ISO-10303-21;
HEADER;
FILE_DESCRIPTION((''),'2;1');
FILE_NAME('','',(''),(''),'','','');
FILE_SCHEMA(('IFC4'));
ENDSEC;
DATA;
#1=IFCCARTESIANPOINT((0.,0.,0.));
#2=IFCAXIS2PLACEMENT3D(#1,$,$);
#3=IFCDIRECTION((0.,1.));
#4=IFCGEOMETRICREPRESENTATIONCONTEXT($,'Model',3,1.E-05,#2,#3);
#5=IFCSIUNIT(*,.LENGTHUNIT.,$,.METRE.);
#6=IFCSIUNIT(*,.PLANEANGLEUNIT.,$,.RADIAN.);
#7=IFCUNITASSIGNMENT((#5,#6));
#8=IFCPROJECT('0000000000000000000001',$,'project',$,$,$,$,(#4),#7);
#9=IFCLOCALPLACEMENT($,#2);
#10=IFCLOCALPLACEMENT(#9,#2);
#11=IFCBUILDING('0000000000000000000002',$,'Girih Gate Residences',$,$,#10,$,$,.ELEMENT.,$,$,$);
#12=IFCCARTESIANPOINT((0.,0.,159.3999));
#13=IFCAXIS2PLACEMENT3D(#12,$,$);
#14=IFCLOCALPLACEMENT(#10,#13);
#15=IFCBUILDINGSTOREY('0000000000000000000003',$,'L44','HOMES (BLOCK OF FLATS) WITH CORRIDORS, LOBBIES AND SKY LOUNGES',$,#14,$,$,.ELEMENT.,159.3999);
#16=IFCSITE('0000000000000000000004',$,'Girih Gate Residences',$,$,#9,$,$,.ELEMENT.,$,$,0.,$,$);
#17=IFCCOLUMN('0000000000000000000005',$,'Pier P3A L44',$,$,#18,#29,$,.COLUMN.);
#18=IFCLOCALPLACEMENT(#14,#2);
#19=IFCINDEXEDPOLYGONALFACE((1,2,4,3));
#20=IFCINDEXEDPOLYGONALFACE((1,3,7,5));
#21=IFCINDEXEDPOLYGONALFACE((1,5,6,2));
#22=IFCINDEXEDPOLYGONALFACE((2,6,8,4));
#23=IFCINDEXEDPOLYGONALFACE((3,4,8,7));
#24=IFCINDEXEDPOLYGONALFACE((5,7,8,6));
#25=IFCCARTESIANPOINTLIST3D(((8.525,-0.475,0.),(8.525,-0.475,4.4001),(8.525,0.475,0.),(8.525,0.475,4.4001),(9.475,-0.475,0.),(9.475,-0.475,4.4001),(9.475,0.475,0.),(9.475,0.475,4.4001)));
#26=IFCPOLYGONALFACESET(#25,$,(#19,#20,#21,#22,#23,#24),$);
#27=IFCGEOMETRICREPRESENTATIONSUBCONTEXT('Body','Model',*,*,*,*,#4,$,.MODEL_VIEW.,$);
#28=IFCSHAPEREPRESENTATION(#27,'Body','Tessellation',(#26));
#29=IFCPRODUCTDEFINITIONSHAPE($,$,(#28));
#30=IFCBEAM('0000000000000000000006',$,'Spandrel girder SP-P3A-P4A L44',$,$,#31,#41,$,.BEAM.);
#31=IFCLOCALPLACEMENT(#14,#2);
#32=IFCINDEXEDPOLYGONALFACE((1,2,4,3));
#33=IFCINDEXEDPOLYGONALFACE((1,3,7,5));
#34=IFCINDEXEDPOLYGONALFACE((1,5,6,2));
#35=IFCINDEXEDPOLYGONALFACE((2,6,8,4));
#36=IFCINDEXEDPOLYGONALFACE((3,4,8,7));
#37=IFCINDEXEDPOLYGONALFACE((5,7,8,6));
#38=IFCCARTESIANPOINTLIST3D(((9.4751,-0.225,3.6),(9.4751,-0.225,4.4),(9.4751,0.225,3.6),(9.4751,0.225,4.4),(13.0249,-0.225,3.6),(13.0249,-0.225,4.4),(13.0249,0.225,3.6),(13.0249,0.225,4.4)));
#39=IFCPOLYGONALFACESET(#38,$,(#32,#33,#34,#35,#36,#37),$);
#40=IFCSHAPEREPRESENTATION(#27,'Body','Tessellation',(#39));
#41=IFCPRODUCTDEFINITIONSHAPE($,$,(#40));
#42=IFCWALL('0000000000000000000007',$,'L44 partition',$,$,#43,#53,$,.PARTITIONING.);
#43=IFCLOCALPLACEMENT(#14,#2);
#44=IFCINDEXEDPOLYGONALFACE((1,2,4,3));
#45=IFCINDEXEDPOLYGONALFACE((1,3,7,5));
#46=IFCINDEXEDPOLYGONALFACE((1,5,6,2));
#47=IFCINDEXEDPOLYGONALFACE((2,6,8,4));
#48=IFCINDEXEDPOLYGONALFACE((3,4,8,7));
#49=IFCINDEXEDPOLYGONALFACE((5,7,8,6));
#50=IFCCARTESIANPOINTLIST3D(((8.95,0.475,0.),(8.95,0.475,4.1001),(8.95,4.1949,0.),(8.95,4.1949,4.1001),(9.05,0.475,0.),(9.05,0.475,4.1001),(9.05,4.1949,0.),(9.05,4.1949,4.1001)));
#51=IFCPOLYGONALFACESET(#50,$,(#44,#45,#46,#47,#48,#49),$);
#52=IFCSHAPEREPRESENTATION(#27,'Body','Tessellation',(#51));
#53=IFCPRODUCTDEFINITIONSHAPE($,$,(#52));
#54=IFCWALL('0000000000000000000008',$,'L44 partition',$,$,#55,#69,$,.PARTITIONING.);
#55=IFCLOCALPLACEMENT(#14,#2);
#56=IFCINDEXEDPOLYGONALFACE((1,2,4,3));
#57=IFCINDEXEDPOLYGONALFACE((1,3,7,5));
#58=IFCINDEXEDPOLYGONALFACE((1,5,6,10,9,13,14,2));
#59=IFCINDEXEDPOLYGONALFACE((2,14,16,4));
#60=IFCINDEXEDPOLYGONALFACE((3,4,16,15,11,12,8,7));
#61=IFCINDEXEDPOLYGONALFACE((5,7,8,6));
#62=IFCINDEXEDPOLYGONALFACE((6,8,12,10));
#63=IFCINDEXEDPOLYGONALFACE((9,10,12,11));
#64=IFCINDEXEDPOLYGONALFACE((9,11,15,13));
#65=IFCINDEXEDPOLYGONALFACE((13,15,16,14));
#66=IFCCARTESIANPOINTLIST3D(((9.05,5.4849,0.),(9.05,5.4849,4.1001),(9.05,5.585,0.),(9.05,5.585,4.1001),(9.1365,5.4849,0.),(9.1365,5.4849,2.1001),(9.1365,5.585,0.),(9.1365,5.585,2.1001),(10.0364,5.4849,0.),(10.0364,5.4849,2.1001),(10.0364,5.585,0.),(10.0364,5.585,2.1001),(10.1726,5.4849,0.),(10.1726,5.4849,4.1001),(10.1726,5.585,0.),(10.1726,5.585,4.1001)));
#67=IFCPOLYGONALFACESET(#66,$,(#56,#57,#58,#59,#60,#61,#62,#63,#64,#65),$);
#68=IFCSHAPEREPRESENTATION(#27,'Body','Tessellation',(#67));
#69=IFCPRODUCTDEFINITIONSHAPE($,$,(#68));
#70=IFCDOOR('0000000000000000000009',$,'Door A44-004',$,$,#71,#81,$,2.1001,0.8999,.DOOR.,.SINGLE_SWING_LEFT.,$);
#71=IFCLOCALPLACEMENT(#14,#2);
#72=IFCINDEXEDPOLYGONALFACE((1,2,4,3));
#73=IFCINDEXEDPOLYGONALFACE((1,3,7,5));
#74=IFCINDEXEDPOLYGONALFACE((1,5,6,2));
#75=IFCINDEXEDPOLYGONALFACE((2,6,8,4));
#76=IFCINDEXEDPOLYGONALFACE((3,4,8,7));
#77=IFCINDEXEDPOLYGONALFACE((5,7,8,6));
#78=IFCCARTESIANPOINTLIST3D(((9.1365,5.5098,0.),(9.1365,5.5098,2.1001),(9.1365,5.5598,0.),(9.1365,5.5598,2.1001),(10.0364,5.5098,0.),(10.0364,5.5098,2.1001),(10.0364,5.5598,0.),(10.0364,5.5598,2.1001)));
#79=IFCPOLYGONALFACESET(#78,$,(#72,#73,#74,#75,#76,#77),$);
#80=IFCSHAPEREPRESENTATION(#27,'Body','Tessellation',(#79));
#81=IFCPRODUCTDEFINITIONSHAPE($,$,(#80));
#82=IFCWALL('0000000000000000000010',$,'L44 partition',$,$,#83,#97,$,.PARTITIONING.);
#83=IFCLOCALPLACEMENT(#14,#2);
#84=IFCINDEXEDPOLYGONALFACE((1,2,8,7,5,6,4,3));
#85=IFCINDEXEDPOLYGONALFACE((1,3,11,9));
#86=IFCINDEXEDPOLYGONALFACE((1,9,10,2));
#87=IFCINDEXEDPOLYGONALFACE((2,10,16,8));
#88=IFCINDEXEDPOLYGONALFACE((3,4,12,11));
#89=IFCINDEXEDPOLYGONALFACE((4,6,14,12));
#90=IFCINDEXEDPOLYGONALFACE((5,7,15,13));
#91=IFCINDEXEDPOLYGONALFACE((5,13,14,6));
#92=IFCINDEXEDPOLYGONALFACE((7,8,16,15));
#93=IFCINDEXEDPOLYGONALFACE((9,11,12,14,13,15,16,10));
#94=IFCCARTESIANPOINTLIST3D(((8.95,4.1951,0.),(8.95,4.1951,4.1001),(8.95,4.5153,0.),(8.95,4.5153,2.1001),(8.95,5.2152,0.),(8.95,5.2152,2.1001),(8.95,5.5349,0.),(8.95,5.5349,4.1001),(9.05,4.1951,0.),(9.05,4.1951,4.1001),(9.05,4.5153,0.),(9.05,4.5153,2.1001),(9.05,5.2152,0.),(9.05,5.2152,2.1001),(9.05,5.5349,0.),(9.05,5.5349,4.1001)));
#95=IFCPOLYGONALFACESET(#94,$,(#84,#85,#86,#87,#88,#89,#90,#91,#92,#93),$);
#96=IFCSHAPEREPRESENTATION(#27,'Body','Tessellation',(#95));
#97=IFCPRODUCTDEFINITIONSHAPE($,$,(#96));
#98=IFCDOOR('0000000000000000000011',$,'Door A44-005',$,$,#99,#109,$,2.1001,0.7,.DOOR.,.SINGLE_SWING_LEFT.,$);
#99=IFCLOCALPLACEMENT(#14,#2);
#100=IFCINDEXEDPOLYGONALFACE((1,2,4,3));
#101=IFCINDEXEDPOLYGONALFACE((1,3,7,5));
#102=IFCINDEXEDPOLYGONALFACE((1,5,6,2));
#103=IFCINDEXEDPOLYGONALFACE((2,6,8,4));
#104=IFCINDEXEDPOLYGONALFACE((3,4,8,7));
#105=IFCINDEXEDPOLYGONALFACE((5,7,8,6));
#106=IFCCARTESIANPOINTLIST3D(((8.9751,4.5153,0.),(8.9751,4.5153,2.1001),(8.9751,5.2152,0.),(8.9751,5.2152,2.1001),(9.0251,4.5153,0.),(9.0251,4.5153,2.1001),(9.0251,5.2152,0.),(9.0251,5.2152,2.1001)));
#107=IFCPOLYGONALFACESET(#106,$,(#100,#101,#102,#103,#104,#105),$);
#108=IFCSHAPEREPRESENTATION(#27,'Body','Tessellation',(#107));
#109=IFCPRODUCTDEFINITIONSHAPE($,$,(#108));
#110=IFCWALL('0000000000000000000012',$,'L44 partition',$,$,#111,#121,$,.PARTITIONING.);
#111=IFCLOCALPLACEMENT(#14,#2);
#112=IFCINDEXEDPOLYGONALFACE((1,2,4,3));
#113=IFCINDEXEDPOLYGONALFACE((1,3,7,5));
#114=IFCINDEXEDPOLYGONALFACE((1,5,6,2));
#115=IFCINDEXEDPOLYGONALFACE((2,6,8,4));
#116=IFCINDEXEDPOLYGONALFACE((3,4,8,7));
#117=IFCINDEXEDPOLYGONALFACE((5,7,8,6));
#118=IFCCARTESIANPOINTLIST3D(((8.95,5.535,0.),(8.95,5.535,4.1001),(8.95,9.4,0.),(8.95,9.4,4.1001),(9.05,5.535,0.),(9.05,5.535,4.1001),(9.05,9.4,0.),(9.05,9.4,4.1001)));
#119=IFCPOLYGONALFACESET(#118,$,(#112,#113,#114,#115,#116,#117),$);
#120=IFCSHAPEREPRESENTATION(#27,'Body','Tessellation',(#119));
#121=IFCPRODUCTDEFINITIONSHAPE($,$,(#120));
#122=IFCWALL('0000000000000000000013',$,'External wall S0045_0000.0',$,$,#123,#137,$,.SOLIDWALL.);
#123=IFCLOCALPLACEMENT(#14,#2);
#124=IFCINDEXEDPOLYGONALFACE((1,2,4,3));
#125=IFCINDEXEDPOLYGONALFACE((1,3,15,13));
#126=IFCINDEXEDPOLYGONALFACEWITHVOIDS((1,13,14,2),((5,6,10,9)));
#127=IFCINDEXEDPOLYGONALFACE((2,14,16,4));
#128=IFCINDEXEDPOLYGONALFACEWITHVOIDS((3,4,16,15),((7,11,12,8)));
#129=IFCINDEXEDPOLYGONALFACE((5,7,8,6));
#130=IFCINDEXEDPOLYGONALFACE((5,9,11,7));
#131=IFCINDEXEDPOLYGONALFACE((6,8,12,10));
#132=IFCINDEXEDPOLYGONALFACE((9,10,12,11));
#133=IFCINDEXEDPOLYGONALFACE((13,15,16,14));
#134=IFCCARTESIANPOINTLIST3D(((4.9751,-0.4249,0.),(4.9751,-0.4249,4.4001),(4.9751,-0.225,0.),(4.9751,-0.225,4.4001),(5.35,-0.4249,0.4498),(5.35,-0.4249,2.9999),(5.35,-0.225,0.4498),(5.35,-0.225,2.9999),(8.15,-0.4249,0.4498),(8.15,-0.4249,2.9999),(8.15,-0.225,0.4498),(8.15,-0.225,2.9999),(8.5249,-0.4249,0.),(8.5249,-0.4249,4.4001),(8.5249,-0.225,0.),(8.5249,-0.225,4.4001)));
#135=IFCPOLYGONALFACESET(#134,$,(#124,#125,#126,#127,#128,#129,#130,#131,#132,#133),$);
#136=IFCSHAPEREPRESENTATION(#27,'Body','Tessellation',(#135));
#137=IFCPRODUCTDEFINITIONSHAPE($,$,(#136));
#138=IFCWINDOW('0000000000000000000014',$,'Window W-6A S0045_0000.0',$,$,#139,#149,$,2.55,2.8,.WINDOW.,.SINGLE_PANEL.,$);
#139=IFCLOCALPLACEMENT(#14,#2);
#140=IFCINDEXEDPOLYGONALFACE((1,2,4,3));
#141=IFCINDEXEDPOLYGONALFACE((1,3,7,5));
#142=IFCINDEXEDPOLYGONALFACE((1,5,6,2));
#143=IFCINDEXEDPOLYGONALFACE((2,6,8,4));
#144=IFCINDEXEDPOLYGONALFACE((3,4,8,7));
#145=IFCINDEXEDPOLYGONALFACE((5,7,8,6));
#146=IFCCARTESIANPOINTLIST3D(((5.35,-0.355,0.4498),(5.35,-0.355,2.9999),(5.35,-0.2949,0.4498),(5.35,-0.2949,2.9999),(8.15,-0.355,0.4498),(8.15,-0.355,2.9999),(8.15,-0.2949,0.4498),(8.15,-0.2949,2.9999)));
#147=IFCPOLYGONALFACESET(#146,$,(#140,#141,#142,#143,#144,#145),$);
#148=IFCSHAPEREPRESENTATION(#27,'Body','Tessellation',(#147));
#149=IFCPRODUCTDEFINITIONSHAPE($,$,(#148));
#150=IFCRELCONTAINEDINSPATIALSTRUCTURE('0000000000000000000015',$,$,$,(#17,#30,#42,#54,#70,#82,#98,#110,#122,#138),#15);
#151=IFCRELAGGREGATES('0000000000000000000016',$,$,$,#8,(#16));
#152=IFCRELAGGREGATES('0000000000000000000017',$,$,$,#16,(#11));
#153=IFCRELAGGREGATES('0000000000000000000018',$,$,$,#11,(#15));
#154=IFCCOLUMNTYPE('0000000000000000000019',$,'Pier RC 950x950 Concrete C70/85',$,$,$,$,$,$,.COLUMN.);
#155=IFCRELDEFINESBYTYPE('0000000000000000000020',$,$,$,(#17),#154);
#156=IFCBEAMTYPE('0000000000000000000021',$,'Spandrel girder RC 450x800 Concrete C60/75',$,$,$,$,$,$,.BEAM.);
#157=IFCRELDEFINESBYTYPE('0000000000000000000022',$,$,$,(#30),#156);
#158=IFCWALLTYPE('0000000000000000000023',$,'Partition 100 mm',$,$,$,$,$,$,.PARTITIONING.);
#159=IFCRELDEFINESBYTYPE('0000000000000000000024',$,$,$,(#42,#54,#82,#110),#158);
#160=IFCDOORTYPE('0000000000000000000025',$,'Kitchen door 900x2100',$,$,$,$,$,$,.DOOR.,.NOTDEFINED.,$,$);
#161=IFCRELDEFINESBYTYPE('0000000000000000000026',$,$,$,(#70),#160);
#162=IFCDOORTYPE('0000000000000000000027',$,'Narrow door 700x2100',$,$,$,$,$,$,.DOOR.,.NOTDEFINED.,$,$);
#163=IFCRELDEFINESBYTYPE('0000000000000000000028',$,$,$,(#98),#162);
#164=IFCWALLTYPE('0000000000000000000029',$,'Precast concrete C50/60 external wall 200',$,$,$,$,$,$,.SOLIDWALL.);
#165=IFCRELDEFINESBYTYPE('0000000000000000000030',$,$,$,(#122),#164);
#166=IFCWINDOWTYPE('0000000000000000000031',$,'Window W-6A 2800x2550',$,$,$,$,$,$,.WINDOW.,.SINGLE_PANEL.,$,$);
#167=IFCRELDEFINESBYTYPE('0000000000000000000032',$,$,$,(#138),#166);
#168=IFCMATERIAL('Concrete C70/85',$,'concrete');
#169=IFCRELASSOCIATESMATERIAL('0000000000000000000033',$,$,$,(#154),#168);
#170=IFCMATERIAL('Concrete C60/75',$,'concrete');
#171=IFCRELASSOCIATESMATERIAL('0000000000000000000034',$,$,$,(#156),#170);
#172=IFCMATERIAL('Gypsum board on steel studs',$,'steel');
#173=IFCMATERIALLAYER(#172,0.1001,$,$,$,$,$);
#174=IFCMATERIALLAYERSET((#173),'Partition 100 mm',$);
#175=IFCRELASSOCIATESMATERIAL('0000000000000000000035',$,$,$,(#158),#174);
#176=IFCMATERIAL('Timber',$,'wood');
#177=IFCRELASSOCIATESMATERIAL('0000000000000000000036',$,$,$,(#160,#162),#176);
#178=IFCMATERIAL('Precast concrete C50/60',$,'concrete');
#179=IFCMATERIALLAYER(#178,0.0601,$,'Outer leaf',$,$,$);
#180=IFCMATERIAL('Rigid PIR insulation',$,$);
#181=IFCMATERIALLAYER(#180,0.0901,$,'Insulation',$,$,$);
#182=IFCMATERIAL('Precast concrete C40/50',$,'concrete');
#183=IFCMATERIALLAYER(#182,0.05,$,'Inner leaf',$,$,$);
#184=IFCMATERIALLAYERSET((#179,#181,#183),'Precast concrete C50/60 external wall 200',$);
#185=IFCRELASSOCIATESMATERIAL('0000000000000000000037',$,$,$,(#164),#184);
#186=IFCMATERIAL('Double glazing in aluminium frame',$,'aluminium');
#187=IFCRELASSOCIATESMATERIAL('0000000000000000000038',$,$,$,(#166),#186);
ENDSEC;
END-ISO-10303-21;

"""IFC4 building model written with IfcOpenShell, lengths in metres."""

from ifc_helpers import new_model, si_unit, direction, frame, frame_2d, origin, origin_2d, place, context, subcontext, project, spatial, rectangle, extrude, material, layer, layer_set, material_profile, profile_set, type_object, element, fill, save


model = new_model("IFC4")

# Units and contexts
model_context = context("Model", 3, precision=1e-05, world=origin(), true_north=direction((0.0, 1.0)))
body_context = subcontext(model_context, "Body", "Model", "MODEL_VIEW")
ifc_project = project(units=[si_unit("LENGTHUNIT", "METRE"), si_unit("PLANEANGLEUNIT", "RADIAN")], contexts=[model_context])

# Site, building, storey
site_placement = place(None, origin())
site = spatial("IfcSite", under=ifc_project, at=site_placement, Name="Girih Gate Residences", CompositionType="ELEMENT", RefElevation=0.0)
building_placement = place(site_placement, origin())
building = spatial("IfcBuilding", under=site, at=building_placement, Name="Girih Gate Residences", CompositionType="ELEMENT")
storey_placement = place(building_placement, frame((0.0, 0.0, 159.3999)))
storey = spatial("IfcBuildingStorey", under=building, at=storey_placement, Name="L44", Description="HOMES (BLOCK OF FLATS) WITH CORRIDORS, LOBBIES AND SKY LOUNGES", CompositionType="ELEMENT", Elevation=159.3999)

# Column
ifc_material_1 = material(Name="Concrete C70/85", Category="concrete")
ifc_material_profile_1 = material_profile(ifc_material_1, rectangle(XDim=0.95, YDim=0.95, at=origin_2d()))
ifc_profile_set_1 = profile_set([ifc_material_profile_1], Name="Concrete C70/85")
column_type = type_object("IfcColumnType", Name="Pier RC 950x950 Concrete C70/85", PredefinedType="COLUMN", material=ifc_profile_set_1)
column_placement = place(storey_placement, frame((9.0, 0.0, 0.0), z_axis=(0.0, 0.0, 1.0), x_axis=(1.0, 0.0, 0.0)))
element("IfcColumn", 1, at=column_placement, inside=storey, type_object=column_type, Name="Pier P3A L44", PredefinedType="COLUMN", context=body_context, shape_type="SweptSolid", body=[
    extrude(rectangle(XDim=0.95, YDim=0.95, at=origin_2d()), origin(), (0.0, 0.0, 1.0), 4.4001),
])

# Beam
ifc_material_2 = material(Name="Concrete C60/75", Category="concrete")
ifc_material_profile_2 = material_profile(ifc_material_2, rectangle(XDim=0.45, YDim=0.8, at=origin_2d()))
ifc_profile_set_2 = profile_set([ifc_material_profile_2], Name="Concrete C60/75")
beam_type = type_object("IfcBeamType", Name="Spandrel girder RC 450x800 Concrete C60/75", PredefinedType="BEAM", material=ifc_profile_set_2)
beam_placement = place(storey_placement, frame((9.4751, 0.0, 4.0), z_axis=(1.0, 0.0, 0.0), x_axis=(0.0, 1.0, 0.0)))
element("IfcBeam", 2, at=beam_placement, inside=storey, type_object=beam_type, Name="Spandrel girder SP-P3A-P4A L44", PredefinedType="BEAM", context=body_context, shape_type="SweptSolid", body=[
    extrude(rectangle(XDim=0.45, YDim=0.8, at=origin_2d()), origin(), (0.0, 0.0, 1.0), 3.5498),
])

# Wall
ifc_material_3 = material(Name="Gypsum board on steel studs", Category="steel")
ifc_layer_1 = layer(ifc_material_3, 0.1001)
ifc_layer_set_1 = layer_set([ifc_layer_1], Name="Partition 100 mm")
wall_type_1 = type_object("IfcWallType", Name="Partition 100 mm", PredefinedType="PARTITIONING", material=ifc_layer_set_1)
wall_1_placement = place(storey_placement, frame((9.0, 0.4751, 0.0), z_axis=(0.0, 0.0, 1.0), x_axis=(0.0, 1.0, 0.0)))
element("IfcWall", 3, at=wall_1_placement, inside=storey, type_object=wall_type_1, Name="L44 partition", PredefinedType="PARTITIONING", context=body_context, shape_type="SweptSolid", body=[
    extrude(rectangle(XDim=3.72, YDim=0.1001, at=frame_2d((1.8599, 0.0))), origin(), (0.0, 0.0, 1.0), 4.1001),
])

# Walls, openings, doors
wall_2_placement = place(storey_placement, frame((9.05, 5.5349, 0.0), z_axis=(0.0, 0.0, 1.0), x_axis=(1.0, 0.0, 0.0)))
wall_2 = element("IfcWall", 4, at=wall_2_placement, inside=storey, type_object=wall_type_1, Name="L44 partition", PredefinedType="PARTITIONING", context=body_context, shape_type="SweptSolid", body=[
    extrude(rectangle(XDim=1.1226, YDim=0.1001, at=frame_2d((0.5613, 0.0))), origin(), (0.0, 0.0, 1.0), 4.1001),
])
opening_1_placement = place(wall_2_placement, frame((0.0864, 0.0, 0.0)))
opening_1 = element("IfcOpeningElement", 5, at=opening_1_placement, cuts=wall_2, PredefinedType="OPENING", context=body_context, shape_type="SweptSolid", body=[
    extrude(rectangle(XDim=0.8999, YDim=2.1001, at=frame_2d((0.45, 1.05))), frame((0.0, 0.0601, 0.0), z_axis=(0.0, -1.0, 0.0), x_axis=(1.0, 0.0, 0.0)), (0.0, 0.0, 1.0), 0.1201),
])
ifc_material_4 = material(Name="Timber", Category="wood")
door_type_1 = type_object("IfcDoorType", Name="Kitchen door 900x2100", OperationType="NOTDEFINED", PredefinedType="DOOR", material=ifc_material_4)
door_1_placement = place(opening_1_placement, origin())
door_1 = element("IfcDoor", 6, at=door_1_placement, inside=storey, type_object=door_type_1, Name="Door A44-004", OperationType="SINGLE_SWING_LEFT", OverallHeight=2.1001, OverallWidth=0.8999, PredefinedType="DOOR", context=body_context, shape_type="SweptSolid", body=[
    extrude(rectangle(XDim=0.8999, YDim=2.1001, at=frame_2d((0.45, 1.05))), frame((0.0, 0.0249, 0.0), z_axis=(0.0, -1.0, 0.0), x_axis=(1.0, 0.0, 0.0)), (0.0, 0.0, 1.0), 0.05),
])
fill(opening_1, door_1)
wall_3_placement = place(storey_placement, frame((9.0, 4.1951, 0.0), z_axis=(0.0, 0.0, 1.0), x_axis=(0.0, 1.0, 0.0)))
wall_3 = element("IfcWall", 7, at=wall_3_placement, inside=storey, type_object=wall_type_1, Name="L44 partition", PredefinedType="PARTITIONING", context=body_context, shape_type="SweptSolid", body=[
    extrude(rectangle(XDim=1.3398, YDim=0.1001, at=frame_2d((0.6699, 0.0))), origin(), (0.0, 0.0, 1.0), 4.1001),
])
opening_2_placement = place(wall_3_placement, frame((0.3201, 0.0, 0.0)))
opening_2 = element("IfcOpeningElement", 8, at=opening_2_placement, cuts=wall_3, PredefinedType="OPENING", context=body_context, shape_type="SweptSolid", body=[
    extrude(rectangle(XDim=0.7, YDim=2.1001, at=frame_2d((0.3501, 1.05))), frame((0.0, 0.0601, 0.0), z_axis=(0.0, -1.0, 0.0), x_axis=(1.0, 0.0, 0.0)), (0.0, 0.0, 1.0), 0.1201),
])
door_type_2 = type_object("IfcDoorType", Name="Narrow door 700x2100", OperationType="NOTDEFINED", PredefinedType="DOOR", material=ifc_material_4)
door_2_placement = place(opening_2_placement, origin())
door_2 = element("IfcDoor", 9, at=door_2_placement, inside=storey, type_object=door_type_2, Name="Door A44-005", OperationType="SINGLE_SWING_LEFT", OverallHeight=2.1001, OverallWidth=0.7, PredefinedType="DOOR", context=body_context, shape_type="SweptSolid", body=[
    extrude(rectangle(XDim=0.7, YDim=2.1001, at=frame_2d((0.3501, 1.05))), frame((0.0, 0.0249, 0.0), z_axis=(0.0, -1.0, 0.0), x_axis=(1.0, 0.0, 0.0)), (0.0, 0.0, 1.0), 0.05),
])
fill(opening_2, door_2)

# Wall
wall_4_placement = place(storey_placement, frame((9.0, 5.5349, 0.0), z_axis=(0.0, 0.0, 1.0), x_axis=(0.0, 1.0, 0.0)))
element("IfcWall", 10, at=wall_4_placement, inside=storey, type_object=wall_type_1, Name="L44 partition", PredefinedType="PARTITIONING", context=body_context, shape_type="SweptSolid", body=[
    extrude(rectangle(XDim=3.865, YDim=0.1001, at=frame_2d((1.9326, 0.0))), origin(), (0.0, 0.0, 1.0), 4.1001),
])

# Wall, opening, window
ifc_material_5 = material(Name="Precast concrete C50/60", Category="concrete")
ifc_layer_2 = layer(ifc_material_5, 0.0601, Name="Outer leaf")
ifc_material_6 = material(Name="Rigid PIR insulation")
ifc_layer_3 = layer(ifc_material_6, 0.0901, Name="Insulation")
ifc_material_7 = material(Name="Precast concrete C40/50", Category="concrete")
ifc_layer_4 = layer(ifc_material_7, 0.05, Name="Inner leaf")
ifc_layer_set_2 = layer_set([ifc_layer_2, ifc_layer_3, ifc_layer_4], Name="Precast concrete C50/60 external wall 200")
wall_type_2 = type_object("IfcWallType", Name="Precast concrete C50/60 external wall 200", PredefinedType="SOLIDWALL", material=ifc_layer_set_2)
wall_5_placement = place(storey_placement, frame((8.5249, -0.325, 0.0), z_axis=(0.0, 0.0, 1.0), x_axis=(-1.0, 0.0, 0.0)))
wall_5 = element("IfcWall", 11, at=wall_5_placement, inside=storey, type_object=wall_type_2, Name="External wall S0045_0000.0", PredefinedType="SOLIDWALL", context=body_context, shape_type="SweptSolid", body=[
    extrude(rectangle(XDim=3.5498, YDim=0.2, at=frame_2d((1.7749, 0.0))), origin(), (0.0, 0.0, 1.0), 4.4001),
])
opening_3_placement = place(wall_5_placement, frame((0.375, 0.0, 0.45)))
opening_3 = element("IfcOpeningElement", 12, at=opening_3_placement, cuts=wall_5, PredefinedType="OPENING", context=body_context, shape_type="SweptSolid", body=[
    extrude(rectangle(XDim=2.8, YDim=2.55, at=frame_2d((1.3999, 1.2749))), frame((0.0, 0.1099, 0.0), z_axis=(0.0, -1.0, 0.0), x_axis=(1.0, 0.0, 0.0)), (0.0, 0.0, 1.0), 0.22),
])
ifc_material_8 = material(Name="Double glazing in aluminium frame", Category="aluminium")
window_type = type_object("IfcWindowType", Name="Window W-6A 2800x2550", PartitioningType="SINGLE_PANEL", PredefinedType="WINDOW", material=ifc_material_8)
window_placement = place(opening_3_placement, origin())
window = element("IfcWindow", 13, at=window_placement, inside=storey, type_object=window_type, Name="Window W-6A S0045_0000.0", OverallHeight=2.55, OverallWidth=2.8, PartitioningType="SINGLE_PANEL", PredefinedType="WINDOW", context=body_context, shape_type="SweptSolid", body=[
    extrude(rectangle(XDim=2.8, YDim=2.55, at=frame_2d((1.3999, 1.2749))), frame((0.0, 0.03, 0.0), z_axis=(0.0, -1.0, 0.0), x_axis=(1.0, 0.0, 0.0)), (0.0, 0.0, 1.0), 0.0601),
])
fill(opening_3, window)

save(model, "model.ifc")
